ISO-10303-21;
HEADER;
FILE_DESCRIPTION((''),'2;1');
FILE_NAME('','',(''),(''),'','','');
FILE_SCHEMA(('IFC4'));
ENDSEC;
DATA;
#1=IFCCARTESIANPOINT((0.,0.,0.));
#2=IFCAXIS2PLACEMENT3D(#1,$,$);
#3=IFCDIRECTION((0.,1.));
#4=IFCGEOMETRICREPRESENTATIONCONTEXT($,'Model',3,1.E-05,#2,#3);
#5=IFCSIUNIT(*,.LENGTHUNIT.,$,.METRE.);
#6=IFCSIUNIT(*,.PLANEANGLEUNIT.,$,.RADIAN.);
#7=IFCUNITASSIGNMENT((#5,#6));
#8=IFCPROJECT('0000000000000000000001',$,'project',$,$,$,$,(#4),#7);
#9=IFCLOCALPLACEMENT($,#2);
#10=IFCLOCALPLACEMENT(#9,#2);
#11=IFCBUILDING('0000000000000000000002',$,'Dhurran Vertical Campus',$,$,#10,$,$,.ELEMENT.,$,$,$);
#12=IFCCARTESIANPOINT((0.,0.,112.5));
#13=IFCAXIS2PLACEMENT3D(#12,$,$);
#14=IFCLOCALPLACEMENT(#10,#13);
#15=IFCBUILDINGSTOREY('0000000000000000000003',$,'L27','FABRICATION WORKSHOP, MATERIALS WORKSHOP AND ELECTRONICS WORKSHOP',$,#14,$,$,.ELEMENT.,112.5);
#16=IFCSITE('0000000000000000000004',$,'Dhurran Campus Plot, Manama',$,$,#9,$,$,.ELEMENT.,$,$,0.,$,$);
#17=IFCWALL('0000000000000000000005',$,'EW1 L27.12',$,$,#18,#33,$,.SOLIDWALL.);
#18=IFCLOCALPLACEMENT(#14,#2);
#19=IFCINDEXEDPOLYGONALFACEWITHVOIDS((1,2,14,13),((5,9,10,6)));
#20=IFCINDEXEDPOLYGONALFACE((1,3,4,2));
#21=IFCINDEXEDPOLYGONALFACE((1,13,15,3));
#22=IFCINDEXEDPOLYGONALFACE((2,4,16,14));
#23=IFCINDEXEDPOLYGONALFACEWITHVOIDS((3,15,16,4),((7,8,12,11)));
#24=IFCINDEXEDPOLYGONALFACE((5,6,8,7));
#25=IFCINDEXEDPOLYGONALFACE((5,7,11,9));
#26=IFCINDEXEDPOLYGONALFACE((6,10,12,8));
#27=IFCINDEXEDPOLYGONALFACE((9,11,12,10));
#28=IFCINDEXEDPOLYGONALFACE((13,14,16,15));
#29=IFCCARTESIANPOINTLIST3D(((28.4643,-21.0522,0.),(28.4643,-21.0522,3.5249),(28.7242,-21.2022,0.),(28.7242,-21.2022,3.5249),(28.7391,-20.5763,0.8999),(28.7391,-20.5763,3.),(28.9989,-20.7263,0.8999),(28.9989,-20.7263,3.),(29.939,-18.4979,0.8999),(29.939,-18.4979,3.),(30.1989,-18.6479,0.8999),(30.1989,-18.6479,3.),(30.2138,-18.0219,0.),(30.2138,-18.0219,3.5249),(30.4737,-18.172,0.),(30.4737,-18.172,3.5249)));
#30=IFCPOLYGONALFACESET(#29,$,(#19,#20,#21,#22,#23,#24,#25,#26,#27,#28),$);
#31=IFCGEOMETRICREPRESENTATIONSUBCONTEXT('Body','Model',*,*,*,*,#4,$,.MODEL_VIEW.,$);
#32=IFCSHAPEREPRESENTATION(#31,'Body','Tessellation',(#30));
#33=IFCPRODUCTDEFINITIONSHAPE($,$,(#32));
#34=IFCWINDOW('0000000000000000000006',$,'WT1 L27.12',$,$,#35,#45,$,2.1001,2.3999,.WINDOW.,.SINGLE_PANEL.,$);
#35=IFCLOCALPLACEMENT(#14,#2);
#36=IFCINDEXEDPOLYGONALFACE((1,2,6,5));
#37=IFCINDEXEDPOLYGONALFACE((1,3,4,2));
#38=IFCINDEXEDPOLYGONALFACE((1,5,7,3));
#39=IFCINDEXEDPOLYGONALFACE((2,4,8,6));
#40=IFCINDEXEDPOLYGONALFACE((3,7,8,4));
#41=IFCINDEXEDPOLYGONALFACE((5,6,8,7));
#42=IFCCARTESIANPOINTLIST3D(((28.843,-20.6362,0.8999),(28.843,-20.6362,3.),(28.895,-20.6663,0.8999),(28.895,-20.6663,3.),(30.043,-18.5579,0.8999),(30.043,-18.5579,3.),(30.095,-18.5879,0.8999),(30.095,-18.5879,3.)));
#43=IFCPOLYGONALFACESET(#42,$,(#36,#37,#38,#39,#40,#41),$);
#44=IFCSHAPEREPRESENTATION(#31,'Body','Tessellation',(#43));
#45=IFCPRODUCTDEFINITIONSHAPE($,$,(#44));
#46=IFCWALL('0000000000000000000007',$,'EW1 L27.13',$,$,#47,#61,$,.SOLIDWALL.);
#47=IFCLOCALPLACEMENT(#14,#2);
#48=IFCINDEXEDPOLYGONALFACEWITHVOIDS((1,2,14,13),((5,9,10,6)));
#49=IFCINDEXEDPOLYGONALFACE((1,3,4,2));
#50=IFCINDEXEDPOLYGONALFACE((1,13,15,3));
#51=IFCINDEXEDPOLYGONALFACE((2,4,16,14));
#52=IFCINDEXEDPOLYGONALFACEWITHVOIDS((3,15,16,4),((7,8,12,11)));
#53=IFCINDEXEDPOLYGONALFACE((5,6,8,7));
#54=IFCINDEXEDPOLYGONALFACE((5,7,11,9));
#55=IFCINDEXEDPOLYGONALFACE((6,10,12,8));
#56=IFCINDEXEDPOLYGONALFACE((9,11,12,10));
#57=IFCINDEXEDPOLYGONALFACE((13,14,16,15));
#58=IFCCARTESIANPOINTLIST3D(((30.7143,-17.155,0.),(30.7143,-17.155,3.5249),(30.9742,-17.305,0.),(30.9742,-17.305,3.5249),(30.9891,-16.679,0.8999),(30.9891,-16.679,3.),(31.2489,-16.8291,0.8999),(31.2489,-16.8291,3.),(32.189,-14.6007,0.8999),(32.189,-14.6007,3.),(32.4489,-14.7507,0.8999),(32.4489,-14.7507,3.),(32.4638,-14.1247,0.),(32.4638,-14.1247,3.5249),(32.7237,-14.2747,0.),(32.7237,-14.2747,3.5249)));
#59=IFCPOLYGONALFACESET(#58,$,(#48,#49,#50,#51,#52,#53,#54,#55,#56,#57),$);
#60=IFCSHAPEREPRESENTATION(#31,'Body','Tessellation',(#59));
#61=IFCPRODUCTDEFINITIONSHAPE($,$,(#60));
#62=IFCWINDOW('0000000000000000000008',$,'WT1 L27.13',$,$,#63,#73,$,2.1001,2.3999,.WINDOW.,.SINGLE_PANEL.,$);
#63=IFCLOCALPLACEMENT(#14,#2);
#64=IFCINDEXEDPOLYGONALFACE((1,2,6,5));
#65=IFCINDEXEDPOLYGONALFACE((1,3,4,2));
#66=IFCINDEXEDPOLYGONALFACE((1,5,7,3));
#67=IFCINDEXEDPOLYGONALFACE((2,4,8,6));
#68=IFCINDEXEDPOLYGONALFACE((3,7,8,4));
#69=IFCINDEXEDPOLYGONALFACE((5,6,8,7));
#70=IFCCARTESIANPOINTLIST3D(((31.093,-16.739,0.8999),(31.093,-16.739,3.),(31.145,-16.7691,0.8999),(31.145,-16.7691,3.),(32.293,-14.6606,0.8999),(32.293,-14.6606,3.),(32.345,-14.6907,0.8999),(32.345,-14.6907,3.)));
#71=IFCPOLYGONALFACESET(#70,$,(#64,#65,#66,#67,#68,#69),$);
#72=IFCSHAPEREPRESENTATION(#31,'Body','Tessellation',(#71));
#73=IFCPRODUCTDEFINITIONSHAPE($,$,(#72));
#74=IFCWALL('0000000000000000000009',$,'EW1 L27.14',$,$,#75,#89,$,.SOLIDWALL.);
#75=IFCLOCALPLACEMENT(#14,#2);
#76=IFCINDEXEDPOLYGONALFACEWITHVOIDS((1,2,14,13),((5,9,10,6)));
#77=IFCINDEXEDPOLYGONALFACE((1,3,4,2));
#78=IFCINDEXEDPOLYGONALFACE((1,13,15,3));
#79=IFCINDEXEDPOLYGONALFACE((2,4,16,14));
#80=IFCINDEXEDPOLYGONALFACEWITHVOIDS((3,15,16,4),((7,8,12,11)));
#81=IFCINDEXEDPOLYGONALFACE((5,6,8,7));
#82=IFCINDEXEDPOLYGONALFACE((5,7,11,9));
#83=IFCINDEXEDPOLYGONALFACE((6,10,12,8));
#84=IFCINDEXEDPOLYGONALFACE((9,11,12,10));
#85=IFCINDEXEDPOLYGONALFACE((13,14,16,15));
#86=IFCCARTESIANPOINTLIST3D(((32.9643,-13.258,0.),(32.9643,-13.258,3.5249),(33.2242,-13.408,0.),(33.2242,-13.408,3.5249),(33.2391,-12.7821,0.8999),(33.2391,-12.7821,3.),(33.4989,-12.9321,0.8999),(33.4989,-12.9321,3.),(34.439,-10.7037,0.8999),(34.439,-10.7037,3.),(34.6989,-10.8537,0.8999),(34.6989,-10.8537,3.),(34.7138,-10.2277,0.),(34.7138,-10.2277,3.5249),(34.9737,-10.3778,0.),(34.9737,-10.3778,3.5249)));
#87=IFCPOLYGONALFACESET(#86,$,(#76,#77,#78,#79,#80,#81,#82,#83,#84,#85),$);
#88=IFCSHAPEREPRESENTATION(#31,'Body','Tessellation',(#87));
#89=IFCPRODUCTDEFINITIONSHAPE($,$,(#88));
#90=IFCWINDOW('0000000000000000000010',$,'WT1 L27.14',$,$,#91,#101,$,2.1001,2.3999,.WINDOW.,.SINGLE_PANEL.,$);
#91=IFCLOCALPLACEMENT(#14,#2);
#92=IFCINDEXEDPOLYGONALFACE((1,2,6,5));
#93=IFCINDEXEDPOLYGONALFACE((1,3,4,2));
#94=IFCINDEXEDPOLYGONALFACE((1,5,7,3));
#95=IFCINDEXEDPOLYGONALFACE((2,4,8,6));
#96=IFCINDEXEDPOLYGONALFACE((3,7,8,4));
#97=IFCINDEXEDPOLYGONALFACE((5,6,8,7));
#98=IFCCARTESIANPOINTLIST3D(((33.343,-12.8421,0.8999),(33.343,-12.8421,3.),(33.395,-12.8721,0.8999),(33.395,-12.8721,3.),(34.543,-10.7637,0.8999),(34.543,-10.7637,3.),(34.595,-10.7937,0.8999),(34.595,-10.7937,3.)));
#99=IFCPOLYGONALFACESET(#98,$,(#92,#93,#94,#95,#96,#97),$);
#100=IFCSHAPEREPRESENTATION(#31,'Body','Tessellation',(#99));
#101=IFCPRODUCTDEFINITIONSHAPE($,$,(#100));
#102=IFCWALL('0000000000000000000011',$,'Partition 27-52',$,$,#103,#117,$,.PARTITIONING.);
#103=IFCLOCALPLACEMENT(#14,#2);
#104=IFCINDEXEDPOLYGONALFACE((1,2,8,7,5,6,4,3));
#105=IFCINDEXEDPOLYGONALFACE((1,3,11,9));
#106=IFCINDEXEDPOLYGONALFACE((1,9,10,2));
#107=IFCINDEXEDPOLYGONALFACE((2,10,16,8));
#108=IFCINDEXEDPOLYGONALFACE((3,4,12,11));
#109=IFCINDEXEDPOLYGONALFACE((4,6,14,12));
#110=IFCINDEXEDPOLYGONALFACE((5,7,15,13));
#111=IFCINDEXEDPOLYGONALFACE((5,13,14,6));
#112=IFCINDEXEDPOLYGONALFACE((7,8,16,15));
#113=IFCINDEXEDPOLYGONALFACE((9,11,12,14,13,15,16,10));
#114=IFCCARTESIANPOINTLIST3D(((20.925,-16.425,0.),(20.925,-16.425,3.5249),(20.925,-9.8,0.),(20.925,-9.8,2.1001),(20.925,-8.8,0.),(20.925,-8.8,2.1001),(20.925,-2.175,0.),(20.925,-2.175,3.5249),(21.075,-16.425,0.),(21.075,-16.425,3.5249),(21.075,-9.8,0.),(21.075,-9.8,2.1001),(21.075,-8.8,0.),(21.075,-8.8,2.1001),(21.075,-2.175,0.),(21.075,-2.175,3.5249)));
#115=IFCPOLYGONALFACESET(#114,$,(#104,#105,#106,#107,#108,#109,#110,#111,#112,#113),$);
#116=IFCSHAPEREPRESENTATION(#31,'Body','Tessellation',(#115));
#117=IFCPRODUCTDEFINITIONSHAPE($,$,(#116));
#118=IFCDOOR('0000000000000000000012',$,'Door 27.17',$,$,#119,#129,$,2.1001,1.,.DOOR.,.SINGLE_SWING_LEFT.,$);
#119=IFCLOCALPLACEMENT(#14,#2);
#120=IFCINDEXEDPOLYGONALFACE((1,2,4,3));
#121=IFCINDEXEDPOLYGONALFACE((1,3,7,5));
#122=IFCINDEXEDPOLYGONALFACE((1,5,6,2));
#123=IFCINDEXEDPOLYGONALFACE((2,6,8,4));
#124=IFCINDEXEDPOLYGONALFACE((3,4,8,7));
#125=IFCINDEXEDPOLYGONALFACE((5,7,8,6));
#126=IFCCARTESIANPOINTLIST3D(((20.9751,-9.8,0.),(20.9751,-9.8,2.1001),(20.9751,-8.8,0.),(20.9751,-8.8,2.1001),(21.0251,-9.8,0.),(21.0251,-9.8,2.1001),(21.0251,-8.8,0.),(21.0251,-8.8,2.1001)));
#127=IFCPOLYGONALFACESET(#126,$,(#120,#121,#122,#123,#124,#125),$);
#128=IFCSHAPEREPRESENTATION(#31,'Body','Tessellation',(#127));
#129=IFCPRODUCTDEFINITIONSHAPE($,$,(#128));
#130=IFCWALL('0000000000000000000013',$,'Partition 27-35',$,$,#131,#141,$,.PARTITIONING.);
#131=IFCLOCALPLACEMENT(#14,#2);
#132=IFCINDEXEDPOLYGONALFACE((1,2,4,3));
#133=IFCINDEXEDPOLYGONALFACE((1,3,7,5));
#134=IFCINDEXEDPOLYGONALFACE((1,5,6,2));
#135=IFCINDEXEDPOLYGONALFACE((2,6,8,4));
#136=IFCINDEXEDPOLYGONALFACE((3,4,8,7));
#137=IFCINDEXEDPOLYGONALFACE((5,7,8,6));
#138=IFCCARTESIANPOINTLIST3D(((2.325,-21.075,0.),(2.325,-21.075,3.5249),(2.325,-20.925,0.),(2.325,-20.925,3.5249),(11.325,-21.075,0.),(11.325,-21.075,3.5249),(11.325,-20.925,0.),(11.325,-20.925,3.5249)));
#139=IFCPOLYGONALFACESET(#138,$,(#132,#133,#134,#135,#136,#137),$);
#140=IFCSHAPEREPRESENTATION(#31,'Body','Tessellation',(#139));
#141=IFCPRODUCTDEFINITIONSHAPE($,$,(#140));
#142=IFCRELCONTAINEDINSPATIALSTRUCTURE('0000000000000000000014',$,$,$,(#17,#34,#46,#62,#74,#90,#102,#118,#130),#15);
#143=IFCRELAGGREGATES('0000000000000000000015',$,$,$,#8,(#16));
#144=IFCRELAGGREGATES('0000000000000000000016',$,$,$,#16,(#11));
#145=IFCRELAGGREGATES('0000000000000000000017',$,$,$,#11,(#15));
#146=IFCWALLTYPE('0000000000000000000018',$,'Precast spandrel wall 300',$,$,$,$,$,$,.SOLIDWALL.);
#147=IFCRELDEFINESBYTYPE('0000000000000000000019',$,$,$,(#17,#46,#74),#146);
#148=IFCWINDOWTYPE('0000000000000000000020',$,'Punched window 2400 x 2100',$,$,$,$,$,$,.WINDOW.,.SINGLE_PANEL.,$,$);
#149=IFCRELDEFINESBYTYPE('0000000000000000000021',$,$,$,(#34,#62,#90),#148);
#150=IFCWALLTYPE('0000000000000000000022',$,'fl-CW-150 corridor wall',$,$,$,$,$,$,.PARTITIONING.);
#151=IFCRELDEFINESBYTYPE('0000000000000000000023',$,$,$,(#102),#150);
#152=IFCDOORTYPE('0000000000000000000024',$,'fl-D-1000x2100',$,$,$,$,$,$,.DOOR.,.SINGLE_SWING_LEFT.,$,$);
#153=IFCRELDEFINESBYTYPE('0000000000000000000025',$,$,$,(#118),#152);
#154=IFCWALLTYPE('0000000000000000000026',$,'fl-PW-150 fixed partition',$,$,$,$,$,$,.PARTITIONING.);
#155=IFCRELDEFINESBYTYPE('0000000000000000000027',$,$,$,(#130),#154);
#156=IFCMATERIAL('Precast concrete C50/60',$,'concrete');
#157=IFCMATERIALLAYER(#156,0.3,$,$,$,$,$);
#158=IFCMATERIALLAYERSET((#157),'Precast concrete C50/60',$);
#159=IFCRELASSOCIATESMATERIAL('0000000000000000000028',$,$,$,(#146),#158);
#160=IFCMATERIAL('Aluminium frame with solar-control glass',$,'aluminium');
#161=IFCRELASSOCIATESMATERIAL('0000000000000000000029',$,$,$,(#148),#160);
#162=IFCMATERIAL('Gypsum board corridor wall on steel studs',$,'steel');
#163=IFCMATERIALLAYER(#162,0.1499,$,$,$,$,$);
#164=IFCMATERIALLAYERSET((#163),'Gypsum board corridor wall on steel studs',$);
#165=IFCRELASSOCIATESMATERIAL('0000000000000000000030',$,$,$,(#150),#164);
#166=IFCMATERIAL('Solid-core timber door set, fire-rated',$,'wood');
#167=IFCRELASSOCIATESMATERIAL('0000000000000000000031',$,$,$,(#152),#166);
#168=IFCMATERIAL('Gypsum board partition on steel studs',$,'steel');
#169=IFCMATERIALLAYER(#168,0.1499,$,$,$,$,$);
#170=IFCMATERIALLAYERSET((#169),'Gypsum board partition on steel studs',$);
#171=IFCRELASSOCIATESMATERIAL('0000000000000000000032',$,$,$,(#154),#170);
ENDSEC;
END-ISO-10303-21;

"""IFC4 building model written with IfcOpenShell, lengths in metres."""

from ifc_helpers import new_model, si_unit, direction, frame, frame_2d, origin, place, context, subcontext, project, spatial, rectangle, extrude, material, layer, layer_set, type_object, element, fill, save


model = new_model("IFC4")

# Units and contexts
model_context = context("Model", 3, precision=1e-05, world=origin(), true_north=direction((0.0, 1.0)))
body_context = subcontext(model_context, "Body", "Model", "MODEL_VIEW")
ifc_project = project(units=[si_unit("LENGTHUNIT", "METRE"), si_unit("PLANEANGLEUNIT", "RADIAN")], contexts=[model_context])

# Site, building, storey
site_placement = place(None, origin())
site = spatial("IfcSite", under=ifc_project, at=site_placement, Name="Dhurran Campus Plot, Manama", CompositionType="ELEMENT", RefElevation=0.0)
building_placement = place(site_placement, origin())
building = spatial("IfcBuilding", under=site, at=building_placement, Name="Dhurran Vertical Campus", CompositionType="ELEMENT")
storey_placement = place(building_placement, frame((0.0, 0.0, 112.5)))
storey = spatial("IfcBuildingStorey", under=building, at=storey_placement, Name="L27", Description="FABRICATION WORKSHOP, MATERIALS WORKSHOP AND ELECTRONICS WORKSHOP", CompositionType="ELEMENT", Elevation=112.5)

# Walls, openings, windows
ifc_material_1 = material(Name="Precast concrete C50/60", Category="concrete")
ifc_layer_1 = layer(ifc_material_1, 0.3)
ifc_layer_set_1 = layer_set([ifc_layer_1], Name="Precast concrete C50/60")
wall_type_1 = type_object("IfcWallType", Name="Precast spandrel wall 300", PredefinedType="SOLIDWALL", material=ifc_layer_set_1)
ifc_material_2 = material(Name="Aluminium frame with solar-control glass", Category="aluminium")
window_type = type_object("IfcWindowType", Name="Punched window 2400 x 2100", PartitioningType="SINGLE_PANEL", PredefinedType="WINDOW", material=ifc_material_2)
wall_1_placement = place(storey_placement, frame((28.5942, -21.1272, 0.0), z_axis=(0.0, 0.0, 1.0), x_axis=(0.499996, 0.866028, 0.0)))
wall_1 = element("IfcWall", 1, at=wall_1_placement, inside=storey, type_object=wall_type_1, Name="EW1 L27.12", PredefinedType="SOLIDWALL", context=body_context, shape_type="SweptSolid", body=[
    extrude(rectangle(XDim=3.499, YDim=0.3, at=frame_2d((1.7495, 0.0))), origin(), (0.0, 0.0, 1.0), 3.5249),
])
opening_1_placement = place(wall_1_placement, frame((0.5496, 0.0, 0.8999)))
opening_1 = element("IfcOpeningElement", 2, at=opening_1_placement, cuts=wall_1, PredefinedType="OPENING", context=body_context, shape_type="SweptSolid", body=[
    extrude(rectangle(XDim=2.3999, YDim=2.1001, at=frame_2d((1.2, 1.05))), frame((0.0, 0.1599, 0.0), z_axis=(0.0, -1.0, 0.0), x_axis=(1.0, 0.0, 0.0)), (0.0, 0.0, 1.0), 0.3201),
])
window_1_placement = place(opening_1_placement, origin())
window_1 = element("IfcWindow", 3, at=window_1_placement, inside=storey, type_object=window_type, Name="WT1 L27.12", OverallHeight=2.1001, OverallWidth=2.3999, PartitioningType="SINGLE_PANEL", PredefinedType="WINDOW", context=body_context, shape_type="SweptSolid", body=[
    extrude(rectangle(XDim=2.3999, YDim=2.1001, at=frame_2d((1.2, 1.05))), frame((0.0, 0.03, 0.0), z_axis=(0.0, -1.0, 0.0), x_axis=(1.0, 0.0, 0.0)), (0.0, 0.0, 1.0), 0.0601),
])
fill(opening_1, window_1)
wall_2_placement = place(storey_placement, frame((30.8442, -17.23, 0.0), z_axis=(0.0, 0.0, 1.0), x_axis=(0.499996, 0.866028, 0.0)))
wall_2 = element("IfcWall", 4, at=wall_2_placement, inside=storey, type_object=wall_type_1, Name="EW1 L27.13", PredefinedType="SOLIDWALL", context=body_context, shape_type="SweptSolid", body=[
    extrude(rectangle(XDim=3.499, YDim=0.3, at=frame_2d((1.7495, 0.0))), origin(), (0.0, 0.0, 1.0), 3.5249),
])
opening_2_placement = place(wall_2_placement, frame((0.5496, 0.0, 0.8999)))
opening_2 = element("IfcOpeningElement", 5, at=opening_2_placement, cuts=wall_2, PredefinedType="OPENING", context=body_context, shape_type="SweptSolid", body=[
    extrude(rectangle(XDim=2.3999, YDim=2.1001, at=frame_2d((1.2, 1.05))), frame((0.0, 0.1599, 0.0), z_axis=(0.0, -1.0, 0.0), x_axis=(1.0, 0.0, 0.0)), (0.0, 0.0, 1.0), 0.3201),
])
window_2_placement = place(opening_2_placement, origin())
window_2 = element("IfcWindow", 6, at=window_2_placement, inside=storey, type_object=window_type, Name="WT1 L27.13", OverallHeight=2.1001, OverallWidth=2.3999, PartitioningType="SINGLE_PANEL", PredefinedType="WINDOW", context=body_context, shape_type="SweptSolid", body=[
    extrude(rectangle(XDim=2.3999, YDim=2.1001, at=frame_2d((1.2, 1.05))), frame((0.0, 0.03, 0.0), z_axis=(0.0, -1.0, 0.0), x_axis=(1.0, 0.0, 0.0)), (0.0, 0.0, 1.0), 0.0601),
])
fill(opening_2, window_2)
wall_3_placement = place(storey_placement, frame((33.0942, -13.333, 0.0), z_axis=(0.0, 0.0, 1.0), x_axis=(0.499996, 0.866028, 0.0)))
wall_3 = element("IfcWall", 7, at=wall_3_placement, inside=storey, type_object=wall_type_1, Name="EW1 L27.14", PredefinedType="SOLIDWALL", context=body_context, shape_type="SweptSolid", body=[
    extrude(rectangle(XDim=3.499, YDim=0.3, at=frame_2d((1.7495, 0.0))), origin(), (0.0, 0.0, 1.0), 3.5249),
])
opening_3_placement = place(wall_3_placement, frame((0.5496, 0.0, 0.8999)))
opening_3 = element("IfcOpeningElement", 8, at=opening_3_placement, cuts=wall_3, PredefinedType="OPENING", context=body_context, shape_type="SweptSolid", body=[
    extrude(rectangle(XDim=2.3999, YDim=2.1001, at=frame_2d((1.2, 1.05))), frame((0.0, 0.1599, 0.0), z_axis=(0.0, -1.0, 0.0), x_axis=(1.0, 0.0, 0.0)), (0.0, 0.0, 1.0), 0.3201),
])
window_3_placement = place(opening_3_placement, origin())
window_3 = element("IfcWindow", 9, at=window_3_placement, inside=storey, type_object=window_type, Name="WT1 L27.14", OverallHeight=2.1001, OverallWidth=2.3999, PartitioningType="SINGLE_PANEL", PredefinedType="WINDOW", context=body_context, shape_type="SweptSolid", body=[
    extrude(rectangle(XDim=2.3999, YDim=2.1001, at=frame_2d((1.2, 1.05))), frame((0.0, 0.03, 0.0), z_axis=(0.0, -1.0, 0.0), x_axis=(1.0, 0.0, 0.0)), (0.0, 0.0, 1.0), 0.0601),
])
fill(opening_3, window_3)

# Wall, opening, door
ifc_material_3 = material(Name="Gypsum board corridor wall on steel studs", Category="steel")
ifc_layer_2 = layer(ifc_material_3, 0.1499)
ifc_layer_set_2 = layer_set([ifc_layer_2], Name="Gypsum board corridor wall on steel studs")
wall_type_2 = type_object("IfcWallType", Name="fl-CW-150 corridor wall", PredefinedType="PARTITIONING", material=ifc_layer_set_2)
wall_4_placement = place(storey_placement, frame((21.0, -16.425, 0.0), z_axis=(0.0, 0.0, 1.0), x_axis=(0.0, 1.0, 0.0)))
wall_4 = element("IfcWall", 10, at=wall_4_placement, inside=storey, type_object=wall_type_2, Name="Partition 27-52", PredefinedType="PARTITIONING", context=body_context, shape_type="SweptSolid", body=[
    extrude(rectangle(XDim=14.25, YDim=0.1499, at=frame_2d((7.125, 0.0))), origin(), (0.0, 0.0, 1.0), 3.5249),
])
opening_4_placement = place(wall_4_placement, frame((6.625, 0.0, 0.0)))
opening_4 = element("IfcOpeningElement", 11, at=opening_4_placement, cuts=wall_4, PredefinedType="OPENING", context=body_context, shape_type="SweptSolid", body=[
    extrude(rectangle(XDim=1.0, YDim=2.1001, at=frame_2d((0.5, 1.05))), frame((0.0, 0.085, 0.0), z_axis=(0.0, -1.0, 0.0), x_axis=(1.0, 0.0, 0.0)), (0.0, 0.0, 1.0), 0.1699),
])
ifc_material_4 = material(Name="Solid-core timber door set, fire-rated", Category="wood")
door_type = type_object("IfcDoorType", Name="fl-D-1000x2100", OperationType="SINGLE_SWING_LEFT", PredefinedType="DOOR", material=ifc_material_4)
door_placement = place(opening_4_placement, origin())
door = element("IfcDoor", 12, at=door_placement, inside=storey, type_object=door_type, Name="Door 27.17", OperationType="SINGLE_SWING_LEFT", OverallHeight=2.1001, OverallWidth=1.0, PredefinedType="DOOR", context=body_context, shape_type="SweptSolid", body=[
    extrude(rectangle(XDim=1.0, YDim=2.1001, at=frame_2d((0.5, 1.05))), frame((0.0, 0.0249, 0.0), z_axis=(0.0, -1.0, 0.0), x_axis=(1.0, 0.0, 0.0)), (0.0, 0.0, 1.0), 0.05),
])
fill(opening_4, door)

# Wall
ifc_material_5 = material(Name="Gypsum board partition on steel studs", Category="steel")
ifc_layer_3 = layer(ifc_material_5, 0.1499)
ifc_layer_set_3 = layer_set([ifc_layer_3], Name="Gypsum board partition on steel studs")
wall_type_3 = type_object("IfcWallType", Name="fl-PW-150 fixed partition", PredefinedType="PARTITIONING", material=ifc_layer_set_3)
wall_5_placement = place(storey_placement, frame((11.325, -21.0, 0.0), z_axis=(0.0, 0.0, 1.0), x_axis=(-1.0, 0.0, 0.0)))
element("IfcWall", 13, at=wall_5_placement, inside=storey, type_object=wall_type_3, Name="Partition 27-35", PredefinedType="PARTITIONING", context=body_context, shape_type="SweptSolid", body=[
    extrude(rectangle(XDim=9.0, YDim=0.1499, at=frame_2d((4.5, 0.0))), origin(), (0.0, 0.0, 1.0), 3.5249),
])

save(model, "model.ifc")
